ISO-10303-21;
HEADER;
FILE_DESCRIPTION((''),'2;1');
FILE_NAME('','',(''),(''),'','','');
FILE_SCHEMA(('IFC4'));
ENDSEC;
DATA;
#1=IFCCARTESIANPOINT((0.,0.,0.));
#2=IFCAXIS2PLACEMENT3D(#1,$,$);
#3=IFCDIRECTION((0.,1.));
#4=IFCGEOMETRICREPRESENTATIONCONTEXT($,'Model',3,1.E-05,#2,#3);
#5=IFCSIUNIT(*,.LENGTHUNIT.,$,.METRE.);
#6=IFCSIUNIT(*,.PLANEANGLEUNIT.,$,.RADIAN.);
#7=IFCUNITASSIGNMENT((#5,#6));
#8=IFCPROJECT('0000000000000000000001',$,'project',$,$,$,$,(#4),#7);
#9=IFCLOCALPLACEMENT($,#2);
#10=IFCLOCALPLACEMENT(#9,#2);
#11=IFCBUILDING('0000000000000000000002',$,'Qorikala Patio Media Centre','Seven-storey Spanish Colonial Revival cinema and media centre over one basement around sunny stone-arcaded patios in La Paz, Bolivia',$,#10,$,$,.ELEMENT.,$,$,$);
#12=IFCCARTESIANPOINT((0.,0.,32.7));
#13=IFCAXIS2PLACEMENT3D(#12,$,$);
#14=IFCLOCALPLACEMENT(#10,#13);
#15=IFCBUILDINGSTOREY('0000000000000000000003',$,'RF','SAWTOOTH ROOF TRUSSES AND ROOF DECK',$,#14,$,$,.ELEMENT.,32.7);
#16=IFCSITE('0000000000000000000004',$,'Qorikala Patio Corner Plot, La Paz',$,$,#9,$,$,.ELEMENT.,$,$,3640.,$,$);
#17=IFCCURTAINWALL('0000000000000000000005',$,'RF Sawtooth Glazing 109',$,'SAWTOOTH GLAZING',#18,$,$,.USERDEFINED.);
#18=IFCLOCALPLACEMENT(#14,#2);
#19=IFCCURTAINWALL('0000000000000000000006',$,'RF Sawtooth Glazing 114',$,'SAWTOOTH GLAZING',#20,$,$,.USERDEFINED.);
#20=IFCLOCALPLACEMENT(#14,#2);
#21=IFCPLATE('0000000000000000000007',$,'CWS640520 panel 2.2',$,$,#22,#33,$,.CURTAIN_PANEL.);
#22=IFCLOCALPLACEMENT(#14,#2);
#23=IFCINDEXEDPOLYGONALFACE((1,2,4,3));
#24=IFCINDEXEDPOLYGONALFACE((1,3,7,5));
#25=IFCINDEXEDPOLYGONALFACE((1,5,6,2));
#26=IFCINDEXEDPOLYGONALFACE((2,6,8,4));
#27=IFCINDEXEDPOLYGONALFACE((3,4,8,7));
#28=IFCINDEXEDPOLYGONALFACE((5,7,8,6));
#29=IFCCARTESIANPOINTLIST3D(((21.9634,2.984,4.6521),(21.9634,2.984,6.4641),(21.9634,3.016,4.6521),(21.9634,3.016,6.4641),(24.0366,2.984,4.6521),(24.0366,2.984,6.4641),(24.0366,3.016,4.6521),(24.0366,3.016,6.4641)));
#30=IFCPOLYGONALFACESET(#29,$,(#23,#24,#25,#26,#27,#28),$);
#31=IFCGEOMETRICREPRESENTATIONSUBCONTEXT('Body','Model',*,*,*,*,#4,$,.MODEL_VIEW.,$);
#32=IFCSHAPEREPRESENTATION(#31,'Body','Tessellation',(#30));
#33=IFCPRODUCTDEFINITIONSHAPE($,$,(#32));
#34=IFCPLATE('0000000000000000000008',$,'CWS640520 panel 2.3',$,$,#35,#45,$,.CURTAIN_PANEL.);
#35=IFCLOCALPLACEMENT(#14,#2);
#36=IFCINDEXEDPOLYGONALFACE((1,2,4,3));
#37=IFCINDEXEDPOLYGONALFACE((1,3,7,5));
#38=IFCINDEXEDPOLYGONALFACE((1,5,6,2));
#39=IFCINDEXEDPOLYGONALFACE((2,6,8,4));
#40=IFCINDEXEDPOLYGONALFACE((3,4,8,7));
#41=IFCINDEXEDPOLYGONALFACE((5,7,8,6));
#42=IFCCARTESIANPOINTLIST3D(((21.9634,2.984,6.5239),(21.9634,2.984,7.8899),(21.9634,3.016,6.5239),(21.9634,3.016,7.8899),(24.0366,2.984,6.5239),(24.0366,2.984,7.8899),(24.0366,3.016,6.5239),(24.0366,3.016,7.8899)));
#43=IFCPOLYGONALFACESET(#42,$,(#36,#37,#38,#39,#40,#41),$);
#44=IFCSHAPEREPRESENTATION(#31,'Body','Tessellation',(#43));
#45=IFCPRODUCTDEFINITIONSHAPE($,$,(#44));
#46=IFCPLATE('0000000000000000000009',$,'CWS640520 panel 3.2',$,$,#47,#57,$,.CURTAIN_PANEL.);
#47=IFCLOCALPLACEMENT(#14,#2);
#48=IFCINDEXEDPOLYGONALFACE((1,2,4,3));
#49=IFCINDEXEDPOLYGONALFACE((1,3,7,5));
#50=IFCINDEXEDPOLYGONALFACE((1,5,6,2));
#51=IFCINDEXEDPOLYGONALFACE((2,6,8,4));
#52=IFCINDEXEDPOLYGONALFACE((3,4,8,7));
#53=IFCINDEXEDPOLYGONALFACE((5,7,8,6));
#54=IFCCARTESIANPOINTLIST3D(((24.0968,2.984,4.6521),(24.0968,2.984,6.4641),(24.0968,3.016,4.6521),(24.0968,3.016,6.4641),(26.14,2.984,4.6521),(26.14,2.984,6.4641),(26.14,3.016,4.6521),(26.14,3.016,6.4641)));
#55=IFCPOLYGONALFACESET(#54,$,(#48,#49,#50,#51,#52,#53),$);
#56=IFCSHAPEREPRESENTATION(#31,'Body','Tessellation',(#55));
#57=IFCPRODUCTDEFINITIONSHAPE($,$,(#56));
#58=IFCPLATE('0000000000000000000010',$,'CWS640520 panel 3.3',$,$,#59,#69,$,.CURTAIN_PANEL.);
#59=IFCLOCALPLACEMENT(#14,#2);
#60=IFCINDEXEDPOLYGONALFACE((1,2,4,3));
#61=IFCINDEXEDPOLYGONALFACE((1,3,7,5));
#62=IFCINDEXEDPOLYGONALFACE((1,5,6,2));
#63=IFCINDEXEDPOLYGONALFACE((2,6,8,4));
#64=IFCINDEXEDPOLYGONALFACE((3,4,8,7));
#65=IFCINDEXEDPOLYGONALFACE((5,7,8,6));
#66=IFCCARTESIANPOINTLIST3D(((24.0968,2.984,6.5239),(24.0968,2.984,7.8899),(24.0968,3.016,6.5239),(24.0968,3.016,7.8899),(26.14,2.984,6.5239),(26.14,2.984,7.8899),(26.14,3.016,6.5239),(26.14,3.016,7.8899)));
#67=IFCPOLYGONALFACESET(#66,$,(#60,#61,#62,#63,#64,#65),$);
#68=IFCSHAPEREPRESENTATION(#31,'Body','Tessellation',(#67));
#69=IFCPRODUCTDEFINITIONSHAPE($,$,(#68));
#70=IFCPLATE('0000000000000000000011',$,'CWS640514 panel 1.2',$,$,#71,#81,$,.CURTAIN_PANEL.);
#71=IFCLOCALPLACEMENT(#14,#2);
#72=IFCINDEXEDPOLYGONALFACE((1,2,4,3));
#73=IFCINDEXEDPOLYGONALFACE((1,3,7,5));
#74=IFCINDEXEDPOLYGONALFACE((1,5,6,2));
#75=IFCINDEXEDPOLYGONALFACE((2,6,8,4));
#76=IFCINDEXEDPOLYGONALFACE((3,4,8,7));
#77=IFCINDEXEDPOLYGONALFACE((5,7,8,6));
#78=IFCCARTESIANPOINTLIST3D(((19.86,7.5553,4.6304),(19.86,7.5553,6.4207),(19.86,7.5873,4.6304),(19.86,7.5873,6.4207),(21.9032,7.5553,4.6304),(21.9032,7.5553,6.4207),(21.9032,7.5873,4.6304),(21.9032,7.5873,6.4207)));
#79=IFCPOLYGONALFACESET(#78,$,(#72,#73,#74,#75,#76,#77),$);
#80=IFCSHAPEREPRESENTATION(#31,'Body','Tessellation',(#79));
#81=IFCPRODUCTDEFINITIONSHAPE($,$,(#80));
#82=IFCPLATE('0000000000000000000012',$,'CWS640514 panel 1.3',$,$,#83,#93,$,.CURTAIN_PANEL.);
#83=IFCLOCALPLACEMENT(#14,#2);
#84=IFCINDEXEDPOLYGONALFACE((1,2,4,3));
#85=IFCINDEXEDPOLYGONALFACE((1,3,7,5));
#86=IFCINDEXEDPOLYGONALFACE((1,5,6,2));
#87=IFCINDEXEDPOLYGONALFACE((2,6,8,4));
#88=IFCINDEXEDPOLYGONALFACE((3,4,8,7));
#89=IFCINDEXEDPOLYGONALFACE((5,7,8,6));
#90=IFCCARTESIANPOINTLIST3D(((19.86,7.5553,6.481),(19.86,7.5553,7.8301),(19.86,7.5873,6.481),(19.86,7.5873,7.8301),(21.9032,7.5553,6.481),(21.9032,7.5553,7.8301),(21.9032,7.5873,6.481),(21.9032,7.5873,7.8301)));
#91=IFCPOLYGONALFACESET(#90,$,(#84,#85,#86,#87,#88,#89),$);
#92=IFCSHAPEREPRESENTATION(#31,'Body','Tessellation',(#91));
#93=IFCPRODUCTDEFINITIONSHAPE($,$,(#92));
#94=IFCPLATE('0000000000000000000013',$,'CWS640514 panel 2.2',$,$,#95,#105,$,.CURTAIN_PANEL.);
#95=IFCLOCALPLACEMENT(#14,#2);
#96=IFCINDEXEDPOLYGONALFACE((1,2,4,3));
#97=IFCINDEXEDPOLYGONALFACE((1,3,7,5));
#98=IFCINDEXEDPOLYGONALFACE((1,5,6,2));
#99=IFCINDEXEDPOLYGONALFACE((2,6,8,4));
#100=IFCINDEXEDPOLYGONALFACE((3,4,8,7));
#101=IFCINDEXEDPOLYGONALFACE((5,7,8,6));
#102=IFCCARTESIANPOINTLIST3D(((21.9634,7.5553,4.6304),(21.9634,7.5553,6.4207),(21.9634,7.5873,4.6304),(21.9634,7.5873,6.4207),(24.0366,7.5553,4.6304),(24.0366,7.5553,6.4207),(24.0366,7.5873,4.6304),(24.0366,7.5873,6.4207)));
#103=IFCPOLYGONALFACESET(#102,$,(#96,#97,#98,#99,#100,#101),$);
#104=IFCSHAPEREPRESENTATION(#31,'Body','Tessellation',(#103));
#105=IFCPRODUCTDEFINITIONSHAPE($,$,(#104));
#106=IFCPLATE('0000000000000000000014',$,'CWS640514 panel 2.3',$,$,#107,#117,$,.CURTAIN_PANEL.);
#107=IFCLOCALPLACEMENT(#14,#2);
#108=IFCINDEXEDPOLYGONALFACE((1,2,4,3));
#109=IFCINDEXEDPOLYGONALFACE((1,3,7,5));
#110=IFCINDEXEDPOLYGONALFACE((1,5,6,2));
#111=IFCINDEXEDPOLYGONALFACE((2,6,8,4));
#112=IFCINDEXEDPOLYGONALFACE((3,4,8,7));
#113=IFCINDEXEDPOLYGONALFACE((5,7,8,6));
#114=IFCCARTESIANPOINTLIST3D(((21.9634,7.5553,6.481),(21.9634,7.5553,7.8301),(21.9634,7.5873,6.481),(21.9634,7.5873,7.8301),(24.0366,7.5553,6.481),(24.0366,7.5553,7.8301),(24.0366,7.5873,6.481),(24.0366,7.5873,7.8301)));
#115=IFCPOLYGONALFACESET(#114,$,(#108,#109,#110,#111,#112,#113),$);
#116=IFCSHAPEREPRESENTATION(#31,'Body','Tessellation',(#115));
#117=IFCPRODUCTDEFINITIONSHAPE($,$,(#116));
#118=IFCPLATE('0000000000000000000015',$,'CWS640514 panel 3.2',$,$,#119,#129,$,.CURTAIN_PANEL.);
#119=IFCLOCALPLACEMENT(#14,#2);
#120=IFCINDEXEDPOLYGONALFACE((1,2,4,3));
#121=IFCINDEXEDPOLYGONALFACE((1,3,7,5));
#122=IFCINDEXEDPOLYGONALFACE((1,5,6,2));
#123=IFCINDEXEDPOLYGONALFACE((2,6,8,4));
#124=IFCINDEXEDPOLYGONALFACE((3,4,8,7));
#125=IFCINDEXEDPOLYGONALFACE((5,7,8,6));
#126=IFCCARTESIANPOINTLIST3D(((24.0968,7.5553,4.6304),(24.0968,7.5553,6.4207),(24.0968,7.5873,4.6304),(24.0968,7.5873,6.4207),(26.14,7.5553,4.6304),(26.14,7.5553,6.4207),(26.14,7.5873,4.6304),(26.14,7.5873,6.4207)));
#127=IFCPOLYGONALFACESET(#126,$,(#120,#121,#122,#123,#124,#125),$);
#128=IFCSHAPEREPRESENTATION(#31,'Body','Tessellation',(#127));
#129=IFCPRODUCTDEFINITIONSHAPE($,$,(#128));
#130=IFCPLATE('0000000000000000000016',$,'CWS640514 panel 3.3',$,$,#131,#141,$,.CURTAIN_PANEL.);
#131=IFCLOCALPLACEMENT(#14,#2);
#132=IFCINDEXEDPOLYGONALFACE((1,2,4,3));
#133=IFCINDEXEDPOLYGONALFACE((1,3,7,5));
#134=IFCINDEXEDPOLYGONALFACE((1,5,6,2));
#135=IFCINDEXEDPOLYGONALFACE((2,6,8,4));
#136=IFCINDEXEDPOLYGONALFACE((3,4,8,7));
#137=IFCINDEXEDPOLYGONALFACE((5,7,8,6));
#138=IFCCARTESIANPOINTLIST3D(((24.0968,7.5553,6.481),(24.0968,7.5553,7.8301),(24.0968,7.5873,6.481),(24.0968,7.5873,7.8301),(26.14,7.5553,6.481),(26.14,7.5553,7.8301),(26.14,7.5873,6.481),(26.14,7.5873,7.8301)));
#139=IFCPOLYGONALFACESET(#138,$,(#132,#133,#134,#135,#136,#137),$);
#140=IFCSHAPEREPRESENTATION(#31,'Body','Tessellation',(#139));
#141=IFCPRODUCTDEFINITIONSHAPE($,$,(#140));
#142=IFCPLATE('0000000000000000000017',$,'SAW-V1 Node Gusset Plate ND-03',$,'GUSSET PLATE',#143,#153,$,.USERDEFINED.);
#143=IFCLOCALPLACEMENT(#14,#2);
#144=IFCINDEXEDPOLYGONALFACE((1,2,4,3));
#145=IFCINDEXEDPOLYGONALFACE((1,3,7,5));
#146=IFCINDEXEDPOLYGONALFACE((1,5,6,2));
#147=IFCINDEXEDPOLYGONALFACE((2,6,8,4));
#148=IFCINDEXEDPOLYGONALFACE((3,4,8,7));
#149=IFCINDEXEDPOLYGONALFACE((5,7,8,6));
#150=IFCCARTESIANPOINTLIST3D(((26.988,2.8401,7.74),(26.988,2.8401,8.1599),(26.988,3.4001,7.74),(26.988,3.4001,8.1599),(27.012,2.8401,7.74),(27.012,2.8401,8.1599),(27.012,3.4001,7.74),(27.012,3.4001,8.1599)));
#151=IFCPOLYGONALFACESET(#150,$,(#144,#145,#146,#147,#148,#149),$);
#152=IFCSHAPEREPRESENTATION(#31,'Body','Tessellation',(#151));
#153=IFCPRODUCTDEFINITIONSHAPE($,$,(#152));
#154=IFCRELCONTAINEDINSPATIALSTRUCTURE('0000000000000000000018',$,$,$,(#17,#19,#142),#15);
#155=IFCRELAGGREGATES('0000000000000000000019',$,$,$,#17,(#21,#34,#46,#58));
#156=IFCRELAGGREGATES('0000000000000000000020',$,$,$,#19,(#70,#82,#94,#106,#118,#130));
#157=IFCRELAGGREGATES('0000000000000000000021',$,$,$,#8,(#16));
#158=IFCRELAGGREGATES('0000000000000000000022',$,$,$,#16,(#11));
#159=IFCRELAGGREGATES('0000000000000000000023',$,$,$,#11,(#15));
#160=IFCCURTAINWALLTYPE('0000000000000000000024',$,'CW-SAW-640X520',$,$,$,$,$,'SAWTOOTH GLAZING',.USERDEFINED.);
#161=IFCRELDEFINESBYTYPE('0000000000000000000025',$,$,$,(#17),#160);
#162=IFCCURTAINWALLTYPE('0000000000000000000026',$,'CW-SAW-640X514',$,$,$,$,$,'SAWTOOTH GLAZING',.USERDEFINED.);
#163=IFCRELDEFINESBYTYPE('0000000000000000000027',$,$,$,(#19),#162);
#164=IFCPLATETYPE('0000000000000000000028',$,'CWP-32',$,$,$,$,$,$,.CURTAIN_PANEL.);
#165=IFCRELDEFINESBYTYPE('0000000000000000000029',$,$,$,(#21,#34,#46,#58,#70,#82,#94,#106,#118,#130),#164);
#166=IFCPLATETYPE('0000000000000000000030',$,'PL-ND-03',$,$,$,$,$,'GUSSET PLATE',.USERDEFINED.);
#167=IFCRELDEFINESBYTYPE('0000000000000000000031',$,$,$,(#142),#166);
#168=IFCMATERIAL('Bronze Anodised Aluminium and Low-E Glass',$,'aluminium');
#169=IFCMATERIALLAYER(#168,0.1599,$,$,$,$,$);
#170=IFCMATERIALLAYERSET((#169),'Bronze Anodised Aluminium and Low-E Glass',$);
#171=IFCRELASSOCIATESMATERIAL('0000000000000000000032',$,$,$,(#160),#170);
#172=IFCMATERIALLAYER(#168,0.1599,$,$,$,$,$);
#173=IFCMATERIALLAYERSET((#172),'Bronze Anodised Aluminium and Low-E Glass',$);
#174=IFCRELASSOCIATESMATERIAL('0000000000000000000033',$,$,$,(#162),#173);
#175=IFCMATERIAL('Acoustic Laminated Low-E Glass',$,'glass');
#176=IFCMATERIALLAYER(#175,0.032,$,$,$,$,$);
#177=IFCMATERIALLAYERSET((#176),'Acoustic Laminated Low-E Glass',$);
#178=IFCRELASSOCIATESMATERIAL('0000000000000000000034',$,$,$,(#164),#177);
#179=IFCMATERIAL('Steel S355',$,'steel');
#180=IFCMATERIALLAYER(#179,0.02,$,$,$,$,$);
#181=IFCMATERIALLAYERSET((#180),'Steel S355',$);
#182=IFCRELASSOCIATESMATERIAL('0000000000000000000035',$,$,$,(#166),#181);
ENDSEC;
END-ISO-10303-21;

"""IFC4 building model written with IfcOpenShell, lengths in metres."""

from ifc_helpers import new_model, si_unit, direction, frame, origin, origin_2d, place, context, subcontext, project, spatial, rectangle, extrude, material, layer, layer_set, type_object, element, aggregate, save


model = new_model("IFC4")

# Units and contexts
model_context = context("Model", 3, precision=1e-05, world=origin(), true_north=direction((0.0, 1.0)))
body_context = subcontext(model_context, "Body", "Model", "MODEL_VIEW")
ifc_project = project(units=[si_unit("LENGTHUNIT", "METRE"), si_unit("PLANEANGLEUNIT", "RADIAN")], contexts=[model_context])

# Site, building, storey
site_placement = place(None, origin())
site = spatial("IfcSite", under=ifc_project, at=site_placement, Name="Qorikala Patio Corner Plot, La Paz", CompositionType="ELEMENT", RefElevation=3640.0)
building_placement = place(site_placement, origin())
building = spatial("IfcBuilding", under=site, at=building_placement, Name="Qorikala Patio Media Centre", Description="Seven-storey Spanish Colonial Revival cinema and media centre over one basement around sunny stone-arcaded patios in La Paz, Bolivia", CompositionType="ELEMENT")
storey_placement = place(building_placement, frame((0.0, 0.0, 32.7)))
storey = spatial("IfcBuildingStorey", under=building, at=storey_placement, Name="RF", Description="SAWTOOTH ROOF TRUSSES AND ROOF DECK", CompositionType="ELEMENT", Elevation=32.7)

# Shared definitions
ifc_material_1 = material(Name="Steel S355", Category="steel")

# Curtain walls
ifc_material_2 = material(Name="Bronze Anodised Aluminium and Low-E Glass", Category="aluminium")
ifc_layer_1 = layer(ifc_material_2, 0.1599)
ifc_layer_set_1 = layer_set([ifc_layer_1], Name="Bronze Anodised Aluminium and Low-E Glass")
curtain_wall_type_1 = type_object("IfcCurtainWallType", Name="CW-SAW-640X520", ElementType="SAWTOOTH GLAZING", PredefinedType="USERDEFINED", material=ifc_layer_set_1)
curtain_wall_1_placement = place(storey_placement, origin())
curtain_wall_1 = element("IfcCurtainWall", 1, at=curtain_wall_1_placement, inside=storey, type_object=curtain_wall_type_1, Name="RF Sawtooth Glazing 109", ObjectType="SAWTOOTH GLAZING", PredefinedType="USERDEFINED")
ifc_layer_2 = layer(ifc_material_2, 0.1599)
ifc_layer_set_2 = layer_set([ifc_layer_2], Name="Bronze Anodised Aluminium and Low-E Glass")
curtain_wall_type_2 = type_object("IfcCurtainWallType", Name="CW-SAW-640X514", ElementType="SAWTOOTH GLAZING", PredefinedType="USERDEFINED", material=ifc_layer_set_2)
curtain_wall_2_placement = place(storey_placement, origin())
curtain_wall_2 = element("IfcCurtainWall", 2, at=curtain_wall_2_placement, inside=storey, type_object=curtain_wall_type_2, Name="RF Sawtooth Glazing 114", ObjectType="SAWTOOTH GLAZING", PredefinedType="USERDEFINED")

# Plates
ifc_material_3 = material(Name="Acoustic Laminated Low-E Glass", Category="glass")
ifc_layer_3 = layer(ifc_material_3, 0.032)
ifc_layer_set_3 = layer_set([ifc_layer_3], Name="Acoustic Laminated Low-E Glass")
plate_type_1 = type_object("IfcPlateType", Name="CWP-32", PredefinedType="CURTAIN_PANEL", material=ifc_layer_set_3)
plate_1_placement = place(storey_placement, frame((23.0, 3.0, 4.6521), z_axis=(0.0, 0.0, 1.0), x_axis=(1.0, 0.0, 0.0)))
plate_1 = element("IfcPlate", 3, at=plate_1_placement, type_object=plate_type_1, Name="CWS640520 panel 2.2", PredefinedType="CURTAIN_PANEL", context=body_context, shape_type="SweptSolid", body=[
    extrude(rectangle(XDim=2.0732, YDim=0.032, at=origin_2d()), origin(), (0.0, 0.0, 1.0), 1.812),
])
plate_2_placement = place(storey_placement, frame((23.0, 3.0, 6.5239), z_axis=(0.0, 0.0, 1.0), x_axis=(1.0, 0.0, 0.0)))
plate_2 = element("IfcPlate", 4, at=plate_2_placement, type_object=plate_type_1, Name="CWS640520 panel 2.3", PredefinedType="CURTAIN_PANEL", context=body_context, shape_type="SweptSolid", body=[
    extrude(rectangle(XDim=2.0732, YDim=0.032, at=origin_2d()), origin(), (0.0, 0.0, 1.0), 1.366),
])
plate_3_placement = place(storey_placement, frame((25.1184, 3.0, 4.6521), z_axis=(0.0, 0.0, 1.0), x_axis=(1.0, 0.0, 0.0)))
plate_3 = element("IfcPlate", 5, at=plate_3_placement, type_object=plate_type_1, Name="CWS640520 panel 3.2", PredefinedType="CURTAIN_PANEL", context=body_context, shape_type="SweptSolid", body=[
    extrude(rectangle(XDim=2.0432, YDim=0.032, at=origin_2d()), origin(), (0.0, 0.0, 1.0), 1.812),
])
plate_4_placement = place(storey_placement, frame((25.1184, 3.0, 6.5239), z_axis=(0.0, 0.0, 1.0), x_axis=(1.0, 0.0, 0.0)))
plate_4 = element("IfcPlate", 6, at=plate_4_placement, type_object=plate_type_1, Name="CWS640520 panel 3.3", PredefinedType="CURTAIN_PANEL", context=body_context, shape_type="SweptSolid", body=[
    extrude(rectangle(XDim=2.0432, YDim=0.032, at=origin_2d()), origin(), (0.0, 0.0, 1.0), 1.366),
])
aggregate(curtain_wall_1, [plate_1, plate_2, plate_3, plate_4])
plate_5_placement = place(storey_placement, frame((20.8816, 7.5713, 4.6304), z_axis=(0.0, 0.0, 1.0), x_axis=(1.0, 0.0, 0.0)))
plate_5 = element("IfcPlate", 7, at=plate_5_placement, type_object=plate_type_1, Name="CWS640514 panel 1.2", PredefinedType="CURTAIN_PANEL", context=body_context, shape_type="SweptSolid", body=[
    extrude(rectangle(XDim=2.0432, YDim=0.032, at=origin_2d()), origin(), (0.0, 0.0, 1.0), 1.7903),
])
plate_6_placement = place(storey_placement, frame((20.8816, 7.5713, 6.481), z_axis=(0.0, 0.0, 1.0), x_axis=(1.0, 0.0, 0.0)))
plate_6 = element("IfcPlate", 8, at=plate_6_placement, type_object=plate_type_1, Name="CWS640514 panel 1.3", PredefinedType="CURTAIN_PANEL", context=body_context, shape_type="SweptSolid", body=[
    extrude(rectangle(XDim=2.0432, YDim=0.032, at=origin_2d()), origin(), (0.0, 0.0, 1.0), 1.3491),
])
plate_7_placement = place(storey_placement, frame((23.0, 7.5713, 4.6304), z_axis=(0.0, 0.0, 1.0), x_axis=(1.0, 0.0, 0.0)))
plate_7 = element("IfcPlate", 9, at=plate_7_placement, type_object=plate_type_1, Name="CWS640514 panel 2.2", PredefinedType="CURTAIN_PANEL", context=body_context, shape_type="SweptSolid", body=[
    extrude(rectangle(XDim=2.0732, YDim=0.032, at=origin_2d()), origin(), (0.0, 0.0, 1.0), 1.7903),
])
plate_8_placement = place(storey_placement, frame((23.0, 7.5713, 6.481), z_axis=(0.0, 0.0, 1.0), x_axis=(1.0, 0.0, 0.0)))
plate_8 = element("IfcPlate", 10, at=plate_8_placement, type_object=plate_type_1, Name="CWS640514 panel 2.3", PredefinedType="CURTAIN_PANEL", context=body_context, shape_type="SweptSolid", body=[
    extrude(rectangle(XDim=2.0732, YDim=0.032, at=origin_2d()), origin(), (0.0, 0.0, 1.0), 1.3491),
])
plate_9_placement = place(storey_placement, frame((25.1184, 7.5713, 4.6304), z_axis=(0.0, 0.0, 1.0), x_axis=(1.0, 0.0, 0.0)))
plate_9 = element("IfcPlate", 11, at=plate_9_placement, type_object=plate_type_1, Name="CWS640514 panel 3.2", PredefinedType="CURTAIN_PANEL", context=body_context, shape_type="SweptSolid", body=[
    extrude(rectangle(XDim=2.0432, YDim=0.032, at=origin_2d()), origin(), (0.0, 0.0, 1.0), 1.7903),
])
plate_10_placement = place(storey_placement, frame((25.1184, 7.5713, 6.481), z_axis=(0.0, 0.0, 1.0), x_axis=(1.0, 0.0, 0.0)))
plate_10 = element("IfcPlate", 12, at=plate_10_placement, type_object=plate_type_1, Name="CWS640514 panel 3.3", PredefinedType="CURTAIN_PANEL", context=body_context, shape_type="SweptSolid", body=[
    extrude(rectangle(XDim=2.0432, YDim=0.032, at=origin_2d()), origin(), (0.0, 0.0, 1.0), 1.3491),
])
aggregate(curtain_wall_2, [plate_5, plate_6, plate_7, plate_8, plate_9, plate_10])
ifc_layer_4 = layer(ifc_material_1, 0.02)
ifc_layer_set_4 = layer_set([ifc_layer_4], Name="Steel S355")
plate_type_2 = type_object("IfcPlateType", Name="PL-ND-03", ElementType="GUSSET PLATE", PredefinedType="USERDEFINED", material=ifc_layer_set_4)
plate_11_placement = place(storey_placement, frame((27.0, 3.1201, 7.74), z_axis=(0.0, 0.0, 1.0), x_axis=(1.0, 0.0, 0.0)))
element("IfcPlate", 13, at=plate_11_placement, inside=storey, type_object=plate_type_2, Name="SAW-V1 Node Gusset Plate ND-03", ObjectType="GUSSET PLATE", PredefinedType="USERDEFINED", context=body_context, shape_type="SweptSolid", body=[
    extrude(rectangle(XDim=0.0239, YDim=0.5601, at=origin_2d()), origin(), (0.0, 0.0, 1.0), 0.4199),
])

save(model, "model.ifc")
